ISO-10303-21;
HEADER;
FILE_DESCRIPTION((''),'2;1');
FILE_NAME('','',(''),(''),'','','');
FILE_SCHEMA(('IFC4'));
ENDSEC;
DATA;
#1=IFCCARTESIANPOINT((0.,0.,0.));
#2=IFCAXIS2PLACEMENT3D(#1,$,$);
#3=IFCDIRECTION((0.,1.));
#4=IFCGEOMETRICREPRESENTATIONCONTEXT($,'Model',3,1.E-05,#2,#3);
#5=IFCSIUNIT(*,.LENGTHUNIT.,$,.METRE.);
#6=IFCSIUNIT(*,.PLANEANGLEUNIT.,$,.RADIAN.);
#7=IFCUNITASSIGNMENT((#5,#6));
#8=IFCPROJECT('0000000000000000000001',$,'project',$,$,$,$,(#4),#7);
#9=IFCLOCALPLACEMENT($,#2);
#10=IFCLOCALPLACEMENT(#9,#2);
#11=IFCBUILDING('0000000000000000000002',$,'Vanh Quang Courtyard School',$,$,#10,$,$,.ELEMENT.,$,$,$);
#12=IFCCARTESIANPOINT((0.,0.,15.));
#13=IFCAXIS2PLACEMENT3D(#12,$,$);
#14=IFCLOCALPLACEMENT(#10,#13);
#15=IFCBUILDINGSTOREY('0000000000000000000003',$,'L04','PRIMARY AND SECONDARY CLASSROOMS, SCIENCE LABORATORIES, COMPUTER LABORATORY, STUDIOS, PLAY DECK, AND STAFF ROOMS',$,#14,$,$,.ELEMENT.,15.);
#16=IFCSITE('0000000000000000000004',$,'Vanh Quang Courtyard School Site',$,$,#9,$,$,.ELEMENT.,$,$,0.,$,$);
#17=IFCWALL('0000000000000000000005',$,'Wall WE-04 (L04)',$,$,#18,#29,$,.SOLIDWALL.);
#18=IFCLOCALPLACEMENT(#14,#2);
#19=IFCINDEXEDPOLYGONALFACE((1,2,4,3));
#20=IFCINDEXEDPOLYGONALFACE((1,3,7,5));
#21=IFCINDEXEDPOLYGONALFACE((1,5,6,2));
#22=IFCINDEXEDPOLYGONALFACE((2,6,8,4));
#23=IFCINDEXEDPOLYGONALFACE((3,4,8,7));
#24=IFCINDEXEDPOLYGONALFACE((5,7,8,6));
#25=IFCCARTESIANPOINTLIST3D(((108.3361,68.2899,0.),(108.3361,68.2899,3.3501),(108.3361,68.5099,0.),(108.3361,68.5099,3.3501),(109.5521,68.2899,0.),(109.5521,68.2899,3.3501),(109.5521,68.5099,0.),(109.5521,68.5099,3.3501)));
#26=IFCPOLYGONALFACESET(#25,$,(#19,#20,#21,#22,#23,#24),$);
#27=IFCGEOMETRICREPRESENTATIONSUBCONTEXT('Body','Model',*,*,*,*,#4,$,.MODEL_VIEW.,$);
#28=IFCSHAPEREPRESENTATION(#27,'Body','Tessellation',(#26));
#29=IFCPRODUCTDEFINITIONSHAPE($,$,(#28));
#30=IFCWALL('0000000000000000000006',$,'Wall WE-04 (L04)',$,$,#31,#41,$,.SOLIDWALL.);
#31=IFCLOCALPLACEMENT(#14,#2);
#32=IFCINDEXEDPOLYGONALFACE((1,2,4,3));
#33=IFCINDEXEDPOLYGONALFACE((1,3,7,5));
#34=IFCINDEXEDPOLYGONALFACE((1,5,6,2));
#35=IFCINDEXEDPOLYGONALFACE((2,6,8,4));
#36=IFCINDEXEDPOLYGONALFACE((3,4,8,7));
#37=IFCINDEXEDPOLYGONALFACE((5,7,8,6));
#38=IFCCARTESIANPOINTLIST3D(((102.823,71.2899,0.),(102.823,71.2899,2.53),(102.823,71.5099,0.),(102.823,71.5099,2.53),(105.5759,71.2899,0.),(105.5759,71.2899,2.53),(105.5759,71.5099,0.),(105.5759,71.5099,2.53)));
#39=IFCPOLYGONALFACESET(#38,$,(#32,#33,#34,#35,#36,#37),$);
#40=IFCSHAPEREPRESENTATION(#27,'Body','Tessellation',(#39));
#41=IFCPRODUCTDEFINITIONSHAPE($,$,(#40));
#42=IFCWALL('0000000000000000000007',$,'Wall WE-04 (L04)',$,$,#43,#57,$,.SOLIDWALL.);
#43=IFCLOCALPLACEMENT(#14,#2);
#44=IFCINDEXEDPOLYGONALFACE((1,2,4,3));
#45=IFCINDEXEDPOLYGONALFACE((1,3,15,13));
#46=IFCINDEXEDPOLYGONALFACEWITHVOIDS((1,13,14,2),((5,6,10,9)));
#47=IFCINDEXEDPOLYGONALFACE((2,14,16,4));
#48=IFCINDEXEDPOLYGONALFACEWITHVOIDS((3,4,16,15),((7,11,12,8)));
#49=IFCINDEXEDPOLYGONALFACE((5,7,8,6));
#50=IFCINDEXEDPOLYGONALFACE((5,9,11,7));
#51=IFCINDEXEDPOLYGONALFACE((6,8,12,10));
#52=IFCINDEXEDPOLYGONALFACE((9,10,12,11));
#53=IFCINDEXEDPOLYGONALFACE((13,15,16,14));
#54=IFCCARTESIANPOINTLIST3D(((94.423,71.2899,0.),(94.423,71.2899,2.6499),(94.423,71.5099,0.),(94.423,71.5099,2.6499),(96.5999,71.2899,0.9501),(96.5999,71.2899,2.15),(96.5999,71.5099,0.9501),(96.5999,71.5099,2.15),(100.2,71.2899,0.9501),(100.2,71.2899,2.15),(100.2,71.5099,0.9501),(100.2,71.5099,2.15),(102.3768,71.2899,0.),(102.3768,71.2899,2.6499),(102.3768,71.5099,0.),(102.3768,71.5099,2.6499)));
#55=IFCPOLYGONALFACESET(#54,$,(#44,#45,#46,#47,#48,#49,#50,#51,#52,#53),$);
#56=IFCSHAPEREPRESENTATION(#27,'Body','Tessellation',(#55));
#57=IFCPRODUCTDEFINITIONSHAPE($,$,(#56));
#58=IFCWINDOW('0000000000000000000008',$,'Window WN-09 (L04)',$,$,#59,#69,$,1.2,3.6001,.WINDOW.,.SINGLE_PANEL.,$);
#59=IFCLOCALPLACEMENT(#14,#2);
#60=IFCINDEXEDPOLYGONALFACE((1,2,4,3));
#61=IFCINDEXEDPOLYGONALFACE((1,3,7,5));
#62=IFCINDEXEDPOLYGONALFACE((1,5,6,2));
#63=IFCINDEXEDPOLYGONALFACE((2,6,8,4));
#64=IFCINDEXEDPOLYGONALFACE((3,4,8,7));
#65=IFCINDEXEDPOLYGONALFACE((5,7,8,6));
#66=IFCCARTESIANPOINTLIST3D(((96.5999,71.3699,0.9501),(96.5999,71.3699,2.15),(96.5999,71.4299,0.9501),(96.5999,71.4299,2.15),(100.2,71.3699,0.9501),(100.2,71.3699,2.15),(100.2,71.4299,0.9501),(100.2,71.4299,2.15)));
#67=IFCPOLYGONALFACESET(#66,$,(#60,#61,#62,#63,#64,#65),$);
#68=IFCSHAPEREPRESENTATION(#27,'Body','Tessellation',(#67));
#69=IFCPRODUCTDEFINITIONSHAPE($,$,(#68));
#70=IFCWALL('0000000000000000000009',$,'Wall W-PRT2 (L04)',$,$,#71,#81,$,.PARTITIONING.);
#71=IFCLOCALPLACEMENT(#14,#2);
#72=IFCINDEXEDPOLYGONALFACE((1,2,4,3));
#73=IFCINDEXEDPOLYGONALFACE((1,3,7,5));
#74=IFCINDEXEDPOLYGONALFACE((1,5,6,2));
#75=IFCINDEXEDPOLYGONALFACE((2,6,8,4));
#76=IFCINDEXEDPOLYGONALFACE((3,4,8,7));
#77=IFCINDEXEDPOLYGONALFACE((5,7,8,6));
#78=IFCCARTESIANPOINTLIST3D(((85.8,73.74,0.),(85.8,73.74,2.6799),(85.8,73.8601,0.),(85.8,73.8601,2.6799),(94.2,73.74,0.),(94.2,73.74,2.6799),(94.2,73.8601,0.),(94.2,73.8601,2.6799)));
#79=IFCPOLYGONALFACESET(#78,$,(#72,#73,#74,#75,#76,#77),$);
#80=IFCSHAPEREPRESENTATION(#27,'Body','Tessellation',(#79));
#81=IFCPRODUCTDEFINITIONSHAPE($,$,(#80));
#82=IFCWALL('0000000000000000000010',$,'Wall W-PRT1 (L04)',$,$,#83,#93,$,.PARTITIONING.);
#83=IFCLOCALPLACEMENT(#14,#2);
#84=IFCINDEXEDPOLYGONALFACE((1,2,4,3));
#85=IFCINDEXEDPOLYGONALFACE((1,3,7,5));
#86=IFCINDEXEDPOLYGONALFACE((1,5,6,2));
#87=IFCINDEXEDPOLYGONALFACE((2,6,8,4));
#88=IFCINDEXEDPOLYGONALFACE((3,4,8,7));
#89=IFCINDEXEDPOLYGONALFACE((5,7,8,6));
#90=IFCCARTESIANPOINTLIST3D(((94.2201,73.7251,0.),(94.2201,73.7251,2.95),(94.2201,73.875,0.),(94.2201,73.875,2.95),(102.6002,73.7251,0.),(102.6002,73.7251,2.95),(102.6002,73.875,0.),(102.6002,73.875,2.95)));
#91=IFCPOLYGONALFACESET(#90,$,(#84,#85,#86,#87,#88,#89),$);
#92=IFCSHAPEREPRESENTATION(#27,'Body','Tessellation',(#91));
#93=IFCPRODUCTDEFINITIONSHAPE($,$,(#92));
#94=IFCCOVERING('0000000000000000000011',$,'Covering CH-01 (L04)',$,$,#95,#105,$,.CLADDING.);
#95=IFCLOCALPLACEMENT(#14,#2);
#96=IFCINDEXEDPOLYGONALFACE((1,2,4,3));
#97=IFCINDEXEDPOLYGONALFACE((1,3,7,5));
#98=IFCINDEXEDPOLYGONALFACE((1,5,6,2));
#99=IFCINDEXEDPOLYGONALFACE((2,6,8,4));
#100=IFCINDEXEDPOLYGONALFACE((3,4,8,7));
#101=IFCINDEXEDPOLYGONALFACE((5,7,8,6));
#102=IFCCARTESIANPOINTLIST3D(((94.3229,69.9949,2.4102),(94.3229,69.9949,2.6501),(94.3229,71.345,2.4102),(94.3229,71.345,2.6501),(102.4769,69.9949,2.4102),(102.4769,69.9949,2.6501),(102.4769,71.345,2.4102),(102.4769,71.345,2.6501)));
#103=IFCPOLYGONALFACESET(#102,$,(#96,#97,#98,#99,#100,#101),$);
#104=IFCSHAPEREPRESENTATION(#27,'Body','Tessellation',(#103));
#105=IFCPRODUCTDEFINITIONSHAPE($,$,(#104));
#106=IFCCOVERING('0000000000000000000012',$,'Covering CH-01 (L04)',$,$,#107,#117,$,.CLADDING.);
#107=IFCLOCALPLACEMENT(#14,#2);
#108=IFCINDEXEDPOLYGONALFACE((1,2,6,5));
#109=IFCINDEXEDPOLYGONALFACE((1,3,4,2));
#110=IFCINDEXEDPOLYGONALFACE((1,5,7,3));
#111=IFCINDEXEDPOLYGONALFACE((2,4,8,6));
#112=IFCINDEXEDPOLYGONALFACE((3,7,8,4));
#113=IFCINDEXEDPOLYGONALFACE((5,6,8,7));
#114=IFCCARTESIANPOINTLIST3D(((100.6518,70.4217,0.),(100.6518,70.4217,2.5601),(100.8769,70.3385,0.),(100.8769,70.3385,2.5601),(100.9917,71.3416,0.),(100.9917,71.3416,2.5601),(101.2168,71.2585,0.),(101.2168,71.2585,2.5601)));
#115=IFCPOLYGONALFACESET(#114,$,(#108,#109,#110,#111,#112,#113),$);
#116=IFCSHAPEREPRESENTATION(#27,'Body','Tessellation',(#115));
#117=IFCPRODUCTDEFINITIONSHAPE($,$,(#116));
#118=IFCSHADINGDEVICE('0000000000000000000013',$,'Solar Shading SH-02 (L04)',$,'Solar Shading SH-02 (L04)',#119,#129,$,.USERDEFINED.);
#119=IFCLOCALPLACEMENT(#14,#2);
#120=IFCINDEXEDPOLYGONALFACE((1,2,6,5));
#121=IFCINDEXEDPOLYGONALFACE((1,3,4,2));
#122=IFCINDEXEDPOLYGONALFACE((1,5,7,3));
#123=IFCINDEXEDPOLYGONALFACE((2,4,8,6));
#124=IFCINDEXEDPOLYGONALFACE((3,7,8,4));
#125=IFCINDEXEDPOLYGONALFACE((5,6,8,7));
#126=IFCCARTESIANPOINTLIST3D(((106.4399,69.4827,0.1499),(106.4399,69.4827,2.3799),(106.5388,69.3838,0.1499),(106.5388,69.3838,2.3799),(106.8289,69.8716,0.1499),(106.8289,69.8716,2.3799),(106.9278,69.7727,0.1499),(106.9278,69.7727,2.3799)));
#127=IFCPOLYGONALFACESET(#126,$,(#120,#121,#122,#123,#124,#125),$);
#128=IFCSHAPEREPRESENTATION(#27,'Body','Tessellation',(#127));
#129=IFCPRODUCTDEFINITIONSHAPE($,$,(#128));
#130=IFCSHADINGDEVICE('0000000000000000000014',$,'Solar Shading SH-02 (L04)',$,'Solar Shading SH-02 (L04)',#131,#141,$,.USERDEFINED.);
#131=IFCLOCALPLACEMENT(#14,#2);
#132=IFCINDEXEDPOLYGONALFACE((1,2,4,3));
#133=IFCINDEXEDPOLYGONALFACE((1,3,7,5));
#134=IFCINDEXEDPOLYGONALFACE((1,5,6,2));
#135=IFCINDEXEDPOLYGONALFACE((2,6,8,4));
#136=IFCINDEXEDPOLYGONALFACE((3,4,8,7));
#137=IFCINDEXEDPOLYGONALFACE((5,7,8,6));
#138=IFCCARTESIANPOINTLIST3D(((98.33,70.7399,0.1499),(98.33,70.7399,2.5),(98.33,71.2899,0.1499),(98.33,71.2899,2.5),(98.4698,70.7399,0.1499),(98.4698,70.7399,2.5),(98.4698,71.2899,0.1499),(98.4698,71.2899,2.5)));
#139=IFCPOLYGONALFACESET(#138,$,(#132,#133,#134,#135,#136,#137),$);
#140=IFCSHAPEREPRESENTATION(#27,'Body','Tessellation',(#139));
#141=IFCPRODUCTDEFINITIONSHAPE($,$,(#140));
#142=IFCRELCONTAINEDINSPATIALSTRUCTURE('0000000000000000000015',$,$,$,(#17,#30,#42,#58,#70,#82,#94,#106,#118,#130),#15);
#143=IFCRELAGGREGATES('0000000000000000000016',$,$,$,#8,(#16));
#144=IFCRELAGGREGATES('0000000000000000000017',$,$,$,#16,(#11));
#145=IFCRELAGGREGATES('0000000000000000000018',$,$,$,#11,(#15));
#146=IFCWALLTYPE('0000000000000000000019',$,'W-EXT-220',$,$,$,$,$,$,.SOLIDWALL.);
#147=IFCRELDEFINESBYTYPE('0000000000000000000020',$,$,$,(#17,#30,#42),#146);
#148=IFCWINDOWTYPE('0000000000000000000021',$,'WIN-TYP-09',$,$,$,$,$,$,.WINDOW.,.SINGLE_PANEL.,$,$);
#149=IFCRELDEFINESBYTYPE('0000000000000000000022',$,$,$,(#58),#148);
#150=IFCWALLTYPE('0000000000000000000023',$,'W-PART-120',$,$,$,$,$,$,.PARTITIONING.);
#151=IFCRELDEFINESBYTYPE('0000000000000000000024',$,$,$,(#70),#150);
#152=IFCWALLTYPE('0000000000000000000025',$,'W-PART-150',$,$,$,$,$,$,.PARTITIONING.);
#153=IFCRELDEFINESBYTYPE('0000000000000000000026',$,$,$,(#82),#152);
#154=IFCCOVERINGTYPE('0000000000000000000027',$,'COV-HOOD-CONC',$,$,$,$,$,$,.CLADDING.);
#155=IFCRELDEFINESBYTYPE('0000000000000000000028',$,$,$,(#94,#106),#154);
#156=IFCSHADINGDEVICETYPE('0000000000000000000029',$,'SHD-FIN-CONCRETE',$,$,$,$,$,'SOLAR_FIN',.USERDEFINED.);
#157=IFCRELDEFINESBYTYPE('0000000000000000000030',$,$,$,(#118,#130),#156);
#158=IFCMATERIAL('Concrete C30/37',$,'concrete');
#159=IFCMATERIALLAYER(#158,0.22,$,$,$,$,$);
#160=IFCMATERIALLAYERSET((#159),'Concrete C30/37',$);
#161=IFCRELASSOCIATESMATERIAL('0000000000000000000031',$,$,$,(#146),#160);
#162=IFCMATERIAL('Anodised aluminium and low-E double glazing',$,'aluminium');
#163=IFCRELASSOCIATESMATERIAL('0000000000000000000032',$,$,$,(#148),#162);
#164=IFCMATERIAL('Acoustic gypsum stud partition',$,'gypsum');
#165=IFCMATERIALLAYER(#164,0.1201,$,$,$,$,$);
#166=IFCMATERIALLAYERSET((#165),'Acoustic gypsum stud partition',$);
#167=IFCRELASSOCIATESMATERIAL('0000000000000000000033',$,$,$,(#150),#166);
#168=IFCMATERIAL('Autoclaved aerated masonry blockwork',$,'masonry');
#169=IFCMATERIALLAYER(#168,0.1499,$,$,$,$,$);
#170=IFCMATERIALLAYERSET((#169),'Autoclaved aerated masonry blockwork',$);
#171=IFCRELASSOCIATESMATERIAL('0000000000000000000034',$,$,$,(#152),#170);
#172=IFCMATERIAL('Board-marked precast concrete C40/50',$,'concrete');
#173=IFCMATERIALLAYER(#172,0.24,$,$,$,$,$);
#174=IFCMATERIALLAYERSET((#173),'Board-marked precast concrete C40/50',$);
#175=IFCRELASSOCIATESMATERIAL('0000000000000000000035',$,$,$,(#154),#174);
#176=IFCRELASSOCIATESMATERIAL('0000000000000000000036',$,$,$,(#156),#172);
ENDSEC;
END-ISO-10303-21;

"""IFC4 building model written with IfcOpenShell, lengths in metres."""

from ifc_helpers import new_model, si_unit, direction, frame, frame_2d, origin, origin_2d, place, context, subcontext, project, spatial, rectangle, extrude, material, layer, layer_set, type_object, element, fill, save


model = new_model("IFC4")

# Units and contexts
model_context = context("Model", 3, precision=1e-05, world=origin(), true_north=direction((0.0, 1.0)))
body_context = subcontext(model_context, "Body", "Model", "MODEL_VIEW")
ifc_project = project(units=[si_unit("LENGTHUNIT", "METRE"), si_unit("PLANEANGLEUNIT", "RADIAN")], contexts=[model_context])

# Site, building, storey
site_placement = place(None, origin())
site = spatial("IfcSite", under=ifc_project, at=site_placement, Name="Vanh Quang Courtyard School Site", CompositionType="ELEMENT", RefElevation=0.0)
building_placement = place(site_placement, origin())
building = spatial("IfcBuilding", under=site, at=building_placement, Name="Vanh Quang Courtyard School", CompositionType="ELEMENT")
storey_placement = place(building_placement, frame((0.0, 0.0, 15.0)))
storey = spatial("IfcBuildingStorey", under=building, at=storey_placement, Name="L04", Description="PRIMARY AND SECONDARY CLASSROOMS, SCIENCE LABORATORIES, COMPUTER LABORATORY, STUDIOS, PLAY DECK, AND STAFF ROOMS", CompositionType="ELEMENT", Elevation=15.0)

# Walls
ifc_material_1 = material(Name="Concrete C30/37", Category="concrete")
ifc_layer_1 = layer(ifc_material_1, 0.22)
ifc_layer_set_1 = layer_set([ifc_layer_1], Name="Concrete C30/37")
wall_type_1 = type_object("IfcWallType", Name="W-EXT-220", PredefinedType="SOLIDWALL", material=ifc_layer_set_1)
wall_1_placement = place(storey_placement, frame((109.552, 68.3999, 0.0), z_axis=(0.0, 0.0, 1.0), x_axis=(-1.0, 0.0, 0.0)))
element("IfcWall", 1, at=wall_1_placement, inside=storey, type_object=wall_type_1, Name="Wall WE-04 (L04)", PredefinedType="SOLIDWALL", context=body_context, shape_type="SweptSolid", body=[
    extrude(rectangle(XDim=1.2161, YDim=0.22, at=frame_2d((0.6079, 0.0))), origin(), (0.0, 0.0, 1.0), 3.3501),
])
wall_2_placement = place(storey_placement, frame((105.5759, 71.3999, 0.0), z_axis=(0.0, 0.0, 1.0), x_axis=(-1.0, 0.0, 0.0)))
element("IfcWall", 2, at=wall_2_placement, inside=storey, type_object=wall_type_1, Name="Wall WE-04 (L04)", PredefinedType="SOLIDWALL", context=body_context, shape_type="SweptSolid", body=[
    extrude(rectangle(XDim=2.7529, YDim=0.22, at=frame_2d((1.3765, 0.0))), origin(), (0.0, 0.0, 1.0), 2.53),
])

# Wall, opening, window
wall_3_placement = place(storey_placement, frame((102.377, 71.3999, 0.0), z_axis=(0.0, 0.0, 1.0), x_axis=(-1.0, 0.0, 0.0)))
wall_3 = element("IfcWall", 3, at=wall_3_placement, inside=storey, type_object=wall_type_1, Name="Wall WE-04 (L04)", PredefinedType="SOLIDWALL", context=body_context, shape_type="SweptSolid", body=[
    extrude(rectangle(XDim=7.9539, YDim=0.22, at=frame_2d((3.9771, 0.0))), origin(), (0.0, 0.0, 1.0), 2.6499),
])
opening_placement = place(wall_3_placement, frame((2.177, 0.0, 0.95)))
opening = element("IfcOpeningElement", 4, at=opening_placement, cuts=wall_3, PredefinedType="OPENING", context=body_context, shape_type="SweptSolid", body=[
    extrude(rectangle(XDim=3.6001, YDim=1.2, at=frame_2d((1.8, 0.6001))), frame((0.0, 0.1201, 0.0), z_axis=(0.0, -1.0, 0.0), x_axis=(1.0, 0.0, 0.0)), (0.0, 0.0, 1.0), 0.24),
])
ifc_material_2 = material(Name="Anodised aluminium and low-E double glazing", Category="aluminium")
window_type = type_object("IfcWindowType", Name="WIN-TYP-09", PartitioningType="SINGLE_PANEL", PredefinedType="WINDOW", material=ifc_material_2)
window_placement = place(opening_placement, origin())
window = element("IfcWindow", 5, at=window_placement, inside=storey, type_object=window_type, Name="Window WN-09 (L04)", OverallHeight=1.2, OverallWidth=3.6001, PartitioningType="SINGLE_PANEL", PredefinedType="WINDOW", context=body_context, shape_type="SweptSolid", body=[
    extrude(rectangle(XDim=3.6001, YDim=1.2, at=frame_2d((1.8, 0.6001))), frame((0.0, 0.03, 0.0), z_axis=(0.0, -1.0, 0.0), x_axis=(1.0, 0.0, 0.0)), (0.0, 0.0, 1.0), 0.0601),
])
fill(opening, window)

# Walls
ifc_material_3 = material(Name="Acoustic gypsum stud partition", Category="gypsum")
ifc_layer_2 = layer(ifc_material_3, 0.1201)
ifc_layer_set_2 = layer_set([ifc_layer_2], Name="Acoustic gypsum stud partition")
wall_type_2 = type_object("IfcWallType", Name="W-PART-120", PredefinedType="PARTITIONING", material=ifc_layer_set_2)
wall_4_placement = place(storey_placement, frame((94.2, 73.8, 0.0), z_axis=(0.0, 0.0, 1.0), x_axis=(-1.0, 0.0, 0.0)))
element("IfcWall", 6, at=wall_4_placement, inside=storey, type_object=wall_type_2, Name="Wall W-PRT2 (L04)", PredefinedType="PARTITIONING", context=body_context, shape_type="SweptSolid", body=[
    extrude(rectangle(XDim=8.3999, YDim=0.1201, at=frame_2d((4.2, 0.0))), origin(), (0.0, 0.0, 1.0), 2.6799),
])
ifc_material_4 = material(Name="Autoclaved aerated masonry blockwork", Category="masonry")
ifc_layer_3 = layer(ifc_material_4, 0.1499)
ifc_layer_set_3 = layer_set([ifc_layer_3], Name="Autoclaved aerated masonry blockwork")
wall_type_3 = type_object("IfcWallType", Name="W-PART-150", PredefinedType="PARTITIONING", material=ifc_layer_set_3)
wall_5_placement = place(storey_placement, frame((102.6001, 73.8, 0.0), z_axis=(0.0, 0.0, 1.0), x_axis=(-1.0, 0.0, 0.0)))
element("IfcWall", 7, at=wall_5_placement, inside=storey, type_object=wall_type_3, Name="Wall W-PRT1 (L04)", PredefinedType="PARTITIONING", context=body_context, shape_type="SweptSolid", body=[
    extrude(rectangle(XDim=8.3801, YDim=0.1499, at=frame_2d((4.1899, 0.0))), origin(), (0.0, 0.0, 1.0), 2.95),
])

# Coverings
ifc_material_5 = material(Name="Board-marked precast concrete C40/50", Category="concrete")
ifc_layer_4 = layer(ifc_material_5, 0.24)
ifc_layer_set_4 = layer_set([ifc_layer_4], Name="Board-marked precast concrete C40/50")
covering_type = type_object("IfcCoveringType", Name="COV-HOOD-CONC", PredefinedType="CLADDING", material=ifc_layer_set_4)
covering_1_placement = place(storey_placement, frame((98.3999, 70.6699, 2.4102), z_axis=(0.0, 0.0, 1.0), x_axis=(-1.0, 0.0, 0.0)))
element("IfcCovering", 8, at=covering_1_placement, inside=storey, type_object=covering_type, Name="Covering CH-01 (L04)", PredefinedType="CLADDING", context=body_context, shape_type="SweptSolid", body=[
    extrude(rectangle(XDim=8.1541, YDim=1.3501, at=origin_2d()), origin(), (0.0, 0.0, 1.0), 0.24),
])
covering_2_placement = place(storey_placement, frame((100.9343, 70.8401, 0.0), z_axis=(0.0, 0.0, 1.0), x_axis=(-0.346608, -0.93801, 0.0)))
element("IfcCovering", 9, at=covering_2_placement, inside=storey, type_object=covering_type, Name="Covering CH-01 (L04)", PredefinedType="CLADDING", context=body_context, shape_type="SweptSolid", body=[
    extrude(rectangle(XDim=0.9807, YDim=0.24, at=origin_2d()), origin(), (0.0, 0.0, 1.0), 2.5601),
])

# Shading devices
shading_device_type = type_object("IfcShadingDeviceType", Name="SHD-FIN-CONCRETE", ElementType="SOLAR_FIN", PredefinedType="USERDEFINED", material=ifc_material_5)
shading_device_1_placement = place(storey_placement, frame((106.6838, 69.6277, 0.1499), z_axis=(0.0, 0.0, 1.0), x_axis=(-0.707107, 0.707107, 0.0)))
element("IfcShadingDevice", 10, at=shading_device_1_placement, inside=storey, type_object=shading_device_type, Name="Solar Shading SH-02 (L04)", ObjectType="Solar Shading SH-02 (L04)", PredefinedType="USERDEFINED", context=body_context, shape_type="SweptSolid", body=[
    extrude(rectangle(XDim=0.1399, YDim=0.55, at=origin_2d()), origin(), (0.0, 0.0, 1.0), 2.23),
])
shading_device_2_placement = place(storey_placement, frame((98.3999, 71.0149, 0.1499), z_axis=(0.0, 0.0, 1.0), x_axis=(-1.0, 0.0, 0.0)))
element("IfcShadingDevice", 11, at=shading_device_2_placement, inside=storey, type_object=shading_device_type, Name="Solar Shading SH-02 (L04)", ObjectType="Solar Shading SH-02 (L04)", PredefinedType="USERDEFINED", context=body_context, shape_type="SweptSolid", body=[
    extrude(rectangle(XDim=0.1399, YDim=0.55, at=origin_2d()), origin(), (0.0, 0.0, 1.0), 2.3501),
])

save(model, "model.ifc")
